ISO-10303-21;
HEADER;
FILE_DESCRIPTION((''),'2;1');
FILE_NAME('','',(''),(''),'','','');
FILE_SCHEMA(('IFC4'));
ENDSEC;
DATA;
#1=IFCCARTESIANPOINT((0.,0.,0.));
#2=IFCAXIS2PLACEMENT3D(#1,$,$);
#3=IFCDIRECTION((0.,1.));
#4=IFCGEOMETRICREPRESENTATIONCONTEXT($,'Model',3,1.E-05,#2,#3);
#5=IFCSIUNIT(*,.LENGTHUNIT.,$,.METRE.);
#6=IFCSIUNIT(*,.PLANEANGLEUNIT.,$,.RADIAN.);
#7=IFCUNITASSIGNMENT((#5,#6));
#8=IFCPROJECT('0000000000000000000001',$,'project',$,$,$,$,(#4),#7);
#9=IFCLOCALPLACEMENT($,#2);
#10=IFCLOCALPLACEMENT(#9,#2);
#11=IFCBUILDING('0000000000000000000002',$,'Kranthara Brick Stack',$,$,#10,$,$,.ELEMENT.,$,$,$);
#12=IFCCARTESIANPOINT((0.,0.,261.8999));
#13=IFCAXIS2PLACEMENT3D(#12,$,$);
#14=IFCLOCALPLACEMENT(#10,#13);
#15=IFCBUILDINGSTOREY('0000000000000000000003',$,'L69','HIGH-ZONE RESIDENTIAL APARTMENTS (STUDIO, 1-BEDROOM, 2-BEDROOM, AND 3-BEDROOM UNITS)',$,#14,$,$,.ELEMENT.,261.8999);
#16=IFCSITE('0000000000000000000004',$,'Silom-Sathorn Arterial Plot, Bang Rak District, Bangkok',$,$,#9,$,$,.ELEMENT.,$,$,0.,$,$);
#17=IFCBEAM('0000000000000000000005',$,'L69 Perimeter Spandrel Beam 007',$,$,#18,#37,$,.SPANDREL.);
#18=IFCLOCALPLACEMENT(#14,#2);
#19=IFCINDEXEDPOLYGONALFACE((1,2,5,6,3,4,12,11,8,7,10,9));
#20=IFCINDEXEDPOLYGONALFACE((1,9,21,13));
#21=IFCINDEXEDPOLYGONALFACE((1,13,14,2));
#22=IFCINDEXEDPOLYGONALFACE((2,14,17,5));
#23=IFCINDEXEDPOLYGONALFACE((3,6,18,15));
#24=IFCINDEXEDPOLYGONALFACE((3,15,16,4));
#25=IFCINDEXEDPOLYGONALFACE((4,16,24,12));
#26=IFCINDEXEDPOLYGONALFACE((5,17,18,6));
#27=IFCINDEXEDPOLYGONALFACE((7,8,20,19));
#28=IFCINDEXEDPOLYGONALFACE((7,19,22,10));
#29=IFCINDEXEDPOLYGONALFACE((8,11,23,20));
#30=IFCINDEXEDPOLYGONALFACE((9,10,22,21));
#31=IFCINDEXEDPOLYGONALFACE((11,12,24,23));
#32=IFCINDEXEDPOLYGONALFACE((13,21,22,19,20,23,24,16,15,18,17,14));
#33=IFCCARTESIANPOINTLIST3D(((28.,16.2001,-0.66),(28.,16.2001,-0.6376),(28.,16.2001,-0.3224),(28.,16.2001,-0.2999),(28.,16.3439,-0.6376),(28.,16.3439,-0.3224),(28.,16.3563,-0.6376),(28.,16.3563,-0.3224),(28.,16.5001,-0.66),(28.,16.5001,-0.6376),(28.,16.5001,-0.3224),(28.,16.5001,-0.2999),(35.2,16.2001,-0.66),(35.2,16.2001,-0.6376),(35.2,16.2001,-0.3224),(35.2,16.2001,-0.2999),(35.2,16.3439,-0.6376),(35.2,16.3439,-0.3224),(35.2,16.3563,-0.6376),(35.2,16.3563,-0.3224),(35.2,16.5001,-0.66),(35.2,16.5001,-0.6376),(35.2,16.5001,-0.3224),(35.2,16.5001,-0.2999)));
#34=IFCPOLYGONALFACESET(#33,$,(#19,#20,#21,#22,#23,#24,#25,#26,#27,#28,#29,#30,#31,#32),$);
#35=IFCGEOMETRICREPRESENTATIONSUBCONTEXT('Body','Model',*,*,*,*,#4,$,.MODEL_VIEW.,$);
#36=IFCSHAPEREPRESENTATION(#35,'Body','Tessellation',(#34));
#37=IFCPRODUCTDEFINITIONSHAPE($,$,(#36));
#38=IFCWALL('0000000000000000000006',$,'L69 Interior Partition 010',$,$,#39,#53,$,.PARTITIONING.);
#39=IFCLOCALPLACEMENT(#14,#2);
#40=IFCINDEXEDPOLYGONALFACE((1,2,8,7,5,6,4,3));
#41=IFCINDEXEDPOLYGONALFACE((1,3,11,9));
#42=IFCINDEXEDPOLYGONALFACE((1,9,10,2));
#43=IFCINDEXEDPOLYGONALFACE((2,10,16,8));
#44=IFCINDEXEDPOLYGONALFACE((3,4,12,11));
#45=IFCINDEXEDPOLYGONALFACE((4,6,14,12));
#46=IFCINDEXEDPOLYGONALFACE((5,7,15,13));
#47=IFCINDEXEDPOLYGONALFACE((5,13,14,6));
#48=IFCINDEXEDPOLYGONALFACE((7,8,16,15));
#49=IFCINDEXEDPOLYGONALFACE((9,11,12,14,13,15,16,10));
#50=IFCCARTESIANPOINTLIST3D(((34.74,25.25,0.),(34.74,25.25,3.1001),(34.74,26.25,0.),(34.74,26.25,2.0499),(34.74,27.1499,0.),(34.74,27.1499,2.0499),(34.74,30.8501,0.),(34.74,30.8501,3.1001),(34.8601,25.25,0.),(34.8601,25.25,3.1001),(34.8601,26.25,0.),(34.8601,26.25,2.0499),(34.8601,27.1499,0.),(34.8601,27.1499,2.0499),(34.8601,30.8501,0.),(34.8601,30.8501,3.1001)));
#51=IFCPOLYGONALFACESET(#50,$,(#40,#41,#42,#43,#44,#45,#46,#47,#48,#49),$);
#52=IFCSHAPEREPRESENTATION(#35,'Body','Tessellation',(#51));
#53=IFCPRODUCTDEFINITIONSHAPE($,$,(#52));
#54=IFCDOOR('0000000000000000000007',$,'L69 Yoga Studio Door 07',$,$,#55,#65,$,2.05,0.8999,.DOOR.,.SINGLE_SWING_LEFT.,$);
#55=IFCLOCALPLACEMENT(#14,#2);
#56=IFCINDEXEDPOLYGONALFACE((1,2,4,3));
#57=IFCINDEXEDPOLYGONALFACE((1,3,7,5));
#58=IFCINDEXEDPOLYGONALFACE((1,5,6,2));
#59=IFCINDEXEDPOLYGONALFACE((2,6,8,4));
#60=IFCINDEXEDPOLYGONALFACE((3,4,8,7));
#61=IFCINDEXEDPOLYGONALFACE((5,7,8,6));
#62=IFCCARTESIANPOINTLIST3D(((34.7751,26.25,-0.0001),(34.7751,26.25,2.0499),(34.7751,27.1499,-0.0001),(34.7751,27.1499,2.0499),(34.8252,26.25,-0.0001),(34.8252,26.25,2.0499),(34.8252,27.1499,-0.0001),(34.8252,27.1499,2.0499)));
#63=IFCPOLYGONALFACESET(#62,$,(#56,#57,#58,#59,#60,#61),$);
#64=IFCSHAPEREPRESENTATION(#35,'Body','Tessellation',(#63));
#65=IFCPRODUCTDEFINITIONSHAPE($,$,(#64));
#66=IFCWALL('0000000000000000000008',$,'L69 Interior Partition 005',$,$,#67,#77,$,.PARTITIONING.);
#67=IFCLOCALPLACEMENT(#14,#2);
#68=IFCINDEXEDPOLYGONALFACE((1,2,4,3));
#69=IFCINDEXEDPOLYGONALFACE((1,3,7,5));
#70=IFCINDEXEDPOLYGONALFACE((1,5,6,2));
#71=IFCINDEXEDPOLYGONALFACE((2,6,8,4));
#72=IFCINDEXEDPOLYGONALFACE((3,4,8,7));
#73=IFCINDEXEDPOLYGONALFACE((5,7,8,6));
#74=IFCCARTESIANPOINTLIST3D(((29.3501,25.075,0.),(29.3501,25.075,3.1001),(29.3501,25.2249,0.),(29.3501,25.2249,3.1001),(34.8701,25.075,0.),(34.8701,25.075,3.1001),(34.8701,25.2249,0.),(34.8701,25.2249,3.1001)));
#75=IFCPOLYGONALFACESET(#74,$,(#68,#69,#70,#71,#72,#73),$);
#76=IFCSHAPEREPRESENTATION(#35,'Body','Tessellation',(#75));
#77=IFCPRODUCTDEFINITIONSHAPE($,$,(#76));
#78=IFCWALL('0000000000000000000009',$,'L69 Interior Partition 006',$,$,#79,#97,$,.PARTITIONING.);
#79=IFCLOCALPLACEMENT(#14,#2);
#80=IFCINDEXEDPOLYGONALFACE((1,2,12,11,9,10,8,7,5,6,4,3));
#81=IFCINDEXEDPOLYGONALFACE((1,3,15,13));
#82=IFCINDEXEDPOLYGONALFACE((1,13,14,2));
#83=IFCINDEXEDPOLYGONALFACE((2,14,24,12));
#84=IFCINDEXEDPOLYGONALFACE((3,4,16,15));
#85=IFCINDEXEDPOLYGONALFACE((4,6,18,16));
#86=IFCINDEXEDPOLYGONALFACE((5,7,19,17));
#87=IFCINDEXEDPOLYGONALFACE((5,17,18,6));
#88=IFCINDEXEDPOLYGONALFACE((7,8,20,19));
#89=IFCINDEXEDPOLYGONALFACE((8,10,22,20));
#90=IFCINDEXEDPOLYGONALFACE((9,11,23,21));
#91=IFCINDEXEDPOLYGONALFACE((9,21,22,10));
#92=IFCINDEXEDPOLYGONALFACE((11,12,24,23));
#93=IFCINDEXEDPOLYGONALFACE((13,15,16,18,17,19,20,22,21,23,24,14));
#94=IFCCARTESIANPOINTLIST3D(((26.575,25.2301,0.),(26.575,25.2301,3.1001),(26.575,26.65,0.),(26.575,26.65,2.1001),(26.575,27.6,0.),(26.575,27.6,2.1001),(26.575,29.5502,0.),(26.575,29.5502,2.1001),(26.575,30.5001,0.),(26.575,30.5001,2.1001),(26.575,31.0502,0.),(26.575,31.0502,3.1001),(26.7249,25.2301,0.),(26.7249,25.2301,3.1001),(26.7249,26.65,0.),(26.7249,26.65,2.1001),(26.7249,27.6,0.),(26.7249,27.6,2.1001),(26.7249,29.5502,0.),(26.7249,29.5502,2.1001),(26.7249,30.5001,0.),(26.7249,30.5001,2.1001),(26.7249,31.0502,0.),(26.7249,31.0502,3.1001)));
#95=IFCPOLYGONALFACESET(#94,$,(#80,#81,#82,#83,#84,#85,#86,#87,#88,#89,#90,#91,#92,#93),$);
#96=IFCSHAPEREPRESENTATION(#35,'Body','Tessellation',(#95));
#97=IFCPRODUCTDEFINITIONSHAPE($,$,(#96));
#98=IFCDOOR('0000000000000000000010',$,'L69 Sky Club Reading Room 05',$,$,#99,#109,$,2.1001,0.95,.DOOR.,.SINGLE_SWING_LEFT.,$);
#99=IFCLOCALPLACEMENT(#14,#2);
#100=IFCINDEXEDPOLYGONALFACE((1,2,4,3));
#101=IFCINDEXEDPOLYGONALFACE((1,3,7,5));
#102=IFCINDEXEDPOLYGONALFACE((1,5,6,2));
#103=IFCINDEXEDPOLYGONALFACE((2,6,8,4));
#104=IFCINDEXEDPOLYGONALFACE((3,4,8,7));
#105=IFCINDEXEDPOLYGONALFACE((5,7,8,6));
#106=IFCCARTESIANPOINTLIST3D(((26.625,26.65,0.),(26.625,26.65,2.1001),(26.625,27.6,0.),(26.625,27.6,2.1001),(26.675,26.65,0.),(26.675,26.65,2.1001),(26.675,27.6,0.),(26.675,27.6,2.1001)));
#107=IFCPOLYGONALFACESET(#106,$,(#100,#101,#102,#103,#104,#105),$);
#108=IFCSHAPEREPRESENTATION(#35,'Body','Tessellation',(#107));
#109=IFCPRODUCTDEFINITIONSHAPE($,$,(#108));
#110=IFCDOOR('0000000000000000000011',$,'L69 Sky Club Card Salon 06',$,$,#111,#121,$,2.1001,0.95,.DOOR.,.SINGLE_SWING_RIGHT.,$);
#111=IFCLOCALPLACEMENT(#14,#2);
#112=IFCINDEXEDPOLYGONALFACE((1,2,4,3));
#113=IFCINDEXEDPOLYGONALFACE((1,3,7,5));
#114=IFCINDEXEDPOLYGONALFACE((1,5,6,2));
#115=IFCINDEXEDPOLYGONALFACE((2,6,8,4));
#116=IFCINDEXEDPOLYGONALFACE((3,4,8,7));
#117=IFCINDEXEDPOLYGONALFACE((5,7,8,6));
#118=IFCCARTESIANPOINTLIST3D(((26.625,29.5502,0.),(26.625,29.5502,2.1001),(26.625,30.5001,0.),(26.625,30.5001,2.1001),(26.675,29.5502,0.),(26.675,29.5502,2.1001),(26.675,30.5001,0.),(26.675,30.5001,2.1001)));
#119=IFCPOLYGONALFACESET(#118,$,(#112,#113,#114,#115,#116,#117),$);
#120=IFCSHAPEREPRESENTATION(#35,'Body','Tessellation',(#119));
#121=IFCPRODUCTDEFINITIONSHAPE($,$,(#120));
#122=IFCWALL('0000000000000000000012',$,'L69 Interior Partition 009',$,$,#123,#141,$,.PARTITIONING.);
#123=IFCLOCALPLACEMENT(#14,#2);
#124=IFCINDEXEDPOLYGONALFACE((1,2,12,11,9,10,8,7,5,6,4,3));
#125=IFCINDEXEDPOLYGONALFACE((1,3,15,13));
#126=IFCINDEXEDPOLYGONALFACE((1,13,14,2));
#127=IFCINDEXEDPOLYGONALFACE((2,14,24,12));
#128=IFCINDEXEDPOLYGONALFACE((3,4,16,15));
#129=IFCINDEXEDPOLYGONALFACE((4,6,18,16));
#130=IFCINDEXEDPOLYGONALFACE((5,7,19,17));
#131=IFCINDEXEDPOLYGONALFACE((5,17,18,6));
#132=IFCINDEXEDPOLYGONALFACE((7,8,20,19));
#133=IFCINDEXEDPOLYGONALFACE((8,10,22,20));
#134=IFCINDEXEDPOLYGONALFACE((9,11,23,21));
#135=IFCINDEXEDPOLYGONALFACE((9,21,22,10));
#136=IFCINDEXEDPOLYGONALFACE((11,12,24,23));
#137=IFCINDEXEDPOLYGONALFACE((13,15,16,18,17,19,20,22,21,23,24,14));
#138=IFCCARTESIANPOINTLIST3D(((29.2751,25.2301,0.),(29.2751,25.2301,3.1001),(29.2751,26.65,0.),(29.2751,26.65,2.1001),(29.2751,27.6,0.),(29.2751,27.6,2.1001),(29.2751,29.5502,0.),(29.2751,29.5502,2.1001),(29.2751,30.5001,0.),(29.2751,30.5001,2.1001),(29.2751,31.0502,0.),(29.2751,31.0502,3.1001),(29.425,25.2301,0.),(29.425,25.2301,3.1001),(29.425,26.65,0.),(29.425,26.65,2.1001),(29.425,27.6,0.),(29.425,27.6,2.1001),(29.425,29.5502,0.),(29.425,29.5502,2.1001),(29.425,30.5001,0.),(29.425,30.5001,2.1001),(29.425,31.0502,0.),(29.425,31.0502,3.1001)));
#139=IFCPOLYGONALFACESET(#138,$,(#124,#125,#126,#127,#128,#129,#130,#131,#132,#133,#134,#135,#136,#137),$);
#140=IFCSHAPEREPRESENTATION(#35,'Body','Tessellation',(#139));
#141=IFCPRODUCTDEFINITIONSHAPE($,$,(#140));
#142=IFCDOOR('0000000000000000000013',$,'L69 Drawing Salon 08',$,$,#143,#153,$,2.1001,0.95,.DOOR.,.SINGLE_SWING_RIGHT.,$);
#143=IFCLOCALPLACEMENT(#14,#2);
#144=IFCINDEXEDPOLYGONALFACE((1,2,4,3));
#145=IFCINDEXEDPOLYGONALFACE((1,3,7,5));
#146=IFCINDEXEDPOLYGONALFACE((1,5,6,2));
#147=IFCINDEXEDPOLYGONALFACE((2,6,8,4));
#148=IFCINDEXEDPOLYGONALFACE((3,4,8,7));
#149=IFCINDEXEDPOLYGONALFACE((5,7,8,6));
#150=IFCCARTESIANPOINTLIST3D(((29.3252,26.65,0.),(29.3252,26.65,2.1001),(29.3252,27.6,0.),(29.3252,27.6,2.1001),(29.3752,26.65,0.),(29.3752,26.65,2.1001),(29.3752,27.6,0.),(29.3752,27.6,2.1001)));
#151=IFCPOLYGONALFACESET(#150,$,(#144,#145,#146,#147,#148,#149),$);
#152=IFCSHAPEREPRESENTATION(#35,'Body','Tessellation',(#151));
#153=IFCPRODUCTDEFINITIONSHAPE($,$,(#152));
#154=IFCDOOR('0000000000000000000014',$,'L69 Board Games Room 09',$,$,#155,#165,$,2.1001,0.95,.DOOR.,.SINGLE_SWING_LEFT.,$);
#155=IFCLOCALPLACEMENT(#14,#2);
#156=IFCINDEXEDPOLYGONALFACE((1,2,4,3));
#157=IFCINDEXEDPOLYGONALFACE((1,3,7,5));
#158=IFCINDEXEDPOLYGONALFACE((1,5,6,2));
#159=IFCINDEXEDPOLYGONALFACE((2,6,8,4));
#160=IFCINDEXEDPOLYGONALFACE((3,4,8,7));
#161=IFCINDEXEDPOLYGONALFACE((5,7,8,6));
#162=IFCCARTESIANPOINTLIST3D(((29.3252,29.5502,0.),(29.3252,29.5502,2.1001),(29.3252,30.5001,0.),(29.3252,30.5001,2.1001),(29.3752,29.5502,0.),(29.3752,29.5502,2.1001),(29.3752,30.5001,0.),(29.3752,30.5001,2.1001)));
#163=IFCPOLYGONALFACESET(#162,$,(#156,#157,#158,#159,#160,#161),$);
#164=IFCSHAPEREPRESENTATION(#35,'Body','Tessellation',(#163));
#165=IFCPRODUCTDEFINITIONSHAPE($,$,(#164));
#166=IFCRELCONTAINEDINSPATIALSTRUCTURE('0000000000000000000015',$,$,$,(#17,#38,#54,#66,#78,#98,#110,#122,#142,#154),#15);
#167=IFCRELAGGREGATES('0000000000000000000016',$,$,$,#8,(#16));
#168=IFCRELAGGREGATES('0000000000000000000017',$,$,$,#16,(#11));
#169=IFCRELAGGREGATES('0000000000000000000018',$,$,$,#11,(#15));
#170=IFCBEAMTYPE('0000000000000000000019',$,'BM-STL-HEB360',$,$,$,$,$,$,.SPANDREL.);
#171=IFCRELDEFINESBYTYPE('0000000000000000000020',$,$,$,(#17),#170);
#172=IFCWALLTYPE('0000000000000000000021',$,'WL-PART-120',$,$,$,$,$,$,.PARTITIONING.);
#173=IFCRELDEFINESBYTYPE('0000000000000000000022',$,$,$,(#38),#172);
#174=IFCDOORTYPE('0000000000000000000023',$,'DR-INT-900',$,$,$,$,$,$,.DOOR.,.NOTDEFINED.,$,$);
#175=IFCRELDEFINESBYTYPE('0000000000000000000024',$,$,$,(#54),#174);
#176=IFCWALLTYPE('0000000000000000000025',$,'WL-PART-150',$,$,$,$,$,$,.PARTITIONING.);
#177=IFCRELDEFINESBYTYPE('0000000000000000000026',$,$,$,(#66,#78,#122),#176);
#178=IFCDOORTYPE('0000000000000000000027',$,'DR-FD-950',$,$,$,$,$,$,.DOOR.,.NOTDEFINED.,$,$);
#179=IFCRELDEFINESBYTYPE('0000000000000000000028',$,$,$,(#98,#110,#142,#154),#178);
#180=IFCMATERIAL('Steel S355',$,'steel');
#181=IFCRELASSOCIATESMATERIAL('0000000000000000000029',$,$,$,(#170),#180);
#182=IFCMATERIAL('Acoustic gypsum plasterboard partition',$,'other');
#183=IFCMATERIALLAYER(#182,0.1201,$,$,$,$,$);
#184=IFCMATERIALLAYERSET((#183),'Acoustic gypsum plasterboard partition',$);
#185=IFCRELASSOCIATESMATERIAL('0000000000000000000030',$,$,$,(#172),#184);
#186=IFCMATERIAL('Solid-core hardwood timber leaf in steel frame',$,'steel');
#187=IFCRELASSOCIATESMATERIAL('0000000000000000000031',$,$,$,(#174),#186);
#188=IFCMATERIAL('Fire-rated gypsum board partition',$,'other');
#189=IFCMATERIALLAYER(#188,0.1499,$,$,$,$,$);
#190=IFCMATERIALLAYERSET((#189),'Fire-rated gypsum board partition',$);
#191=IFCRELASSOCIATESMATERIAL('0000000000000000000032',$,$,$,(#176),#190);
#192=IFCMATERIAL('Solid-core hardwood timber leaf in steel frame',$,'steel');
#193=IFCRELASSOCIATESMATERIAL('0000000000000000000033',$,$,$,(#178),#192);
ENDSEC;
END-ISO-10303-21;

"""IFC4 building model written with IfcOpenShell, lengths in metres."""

from ifc_helpers import new_model, si_unit, direction, frame, frame_2d, origin, origin_2d, place, context, subcontext, project, spatial, rectangle, i_section, extrude, material, layer, layer_set, material_profile, profile_set, type_object, element, fill, save


model = new_model("IFC4")

# Units and contexts
model_context = context("Model", 3, precision=1e-05, world=origin(), true_north=direction((0.0, 1.0)))
body_context = subcontext(model_context, "Body", "Model", "MODEL_VIEW")
ifc_project = project(units=[si_unit("LENGTHUNIT", "METRE"), si_unit("PLANEANGLEUNIT", "RADIAN")], contexts=[model_context])

# Site, building, storey
site_placement = place(None, origin())
site = spatial("IfcSite", under=ifc_project, at=site_placement, Name="Silom-Sathorn Arterial Plot, Bang Rak District, Bangkok", CompositionType="ELEMENT", RefElevation=0.0)
building_placement = place(site_placement, origin())
building = spatial("IfcBuilding", under=site, at=building_placement, Name="Kranthara Brick Stack", CompositionType="ELEMENT")
storey_placement = place(building_placement, frame((0.0, 0.0, 261.8999)))
storey = spatial("IfcBuildingStorey", under=building, at=storey_placement, Name="L69", Description="HIGH-ZONE RESIDENTIAL APARTMENTS (STUDIO, 1-BEDROOM, 2-BEDROOM, AND 3-BEDROOM UNITS)", CompositionType="ELEMENT", Elevation=261.8999)

# Beam
ifc_material_1 = material(Name="Steel S355", Category="steel")
ifc_material_profile_1 = material_profile(ifc_material_1, i_section(OverallWidth=0.3, OverallDepth=0.3601, WebThickness=0.0125, FlangeThickness=0.0225, at=origin_2d()), Name="HEB 360")
ifc_profile_set_1 = profile_set([ifc_material_profile_1], Name="Steel S355")
beam_type_1 = type_object("IfcBeamType", Name="BM-STL-HEB360", PredefinedType="SPANDREL", material=ifc_profile_set_1)
beam_1_placement = place(storey_placement, frame((28.0, 16.3501, -0.48), z_axis=(1.0, 0.0, 0.0), x_axis=(0.0, 1.0, 0.0)))
element("IfcBeam", 1, at=beam_1_placement, inside=storey, type_object=beam_type_1, Name="L69 Perimeter Spandrel Beam 007", PredefinedType="SPANDREL", context=body_context, shape_type="SweptSolid", body=[
    extrude(i_section(OverallWidth=0.3, OverallDepth=0.3601, WebThickness=0.0125, FlangeThickness=0.0225, at=origin_2d()), origin(), (0.0, 0.0, 1.0), 7.2),
])

# Wall, opening, door
ifc_material_2 = material(Name="Acoustic gypsum plasterboard partition", Category="other")
ifc_layer_1 = layer(ifc_material_2, 0.1201)
ifc_layer_set_1 = layer_set([ifc_layer_1], Name="Acoustic gypsum plasterboard partition")
wall_type_1 = type_object("IfcWallType", Name="WL-PART-120", PredefinedType="PARTITIONING", material=ifc_layer_set_1)
wall_1_placement = place(storey_placement, frame((34.8, 25.25, 0.0), z_axis=(0.0, 0.0, 1.0), x_axis=(0.0, 1.0, 0.0)))
wall_1 = element("IfcWall", 2, at=wall_1_placement, inside=storey, type_object=wall_type_1, Name="L69 Interior Partition 010", PredefinedType="PARTITIONING", context=body_context, shape_type="SweptSolid", body=[
    extrude(rectangle(XDim=5.6001, YDim=0.1201, at=frame_2d((2.8, 0.0))), origin(), (0.0, 0.0, 1.0), 3.1001),
])
opening_1_placement = place(wall_1_placement, frame((1.0, 0.0, 0.0)))
opening_1 = element("IfcOpeningElement", 3, at=opening_1_placement, cuts=wall_1, PredefinedType="OPENING", context=body_context, shape_type="SweptSolid", body=[
    extrude(rectangle(XDim=0.8999, YDim=2.05, at=frame_2d((0.45, 1.0249))), frame((0.0, 0.0701, 0.0), z_axis=(0.0, -1.0, 0.0), x_axis=(1.0, 0.0, 0.0)), (0.0, 0.0, 1.0), 0.1401),
])
ifc_material_3 = material(Name="Solid-core hardwood timber leaf in steel frame", Category="steel")
door_type_1 = type_object("IfcDoorType", Name="DR-INT-900", OperationType="NOTDEFINED", PredefinedType="DOOR", material=ifc_material_3)
door_1_placement = place(opening_1_placement, origin())
door_1 = element("IfcDoor", 4, at=door_1_placement, inside=storey, type_object=door_type_1, Name="L69 Yoga Studio Door 07", OperationType="SINGLE_SWING_LEFT", OverallHeight=2.05, OverallWidth=0.8999, PredefinedType="DOOR", context=body_context, shape_type="SweptSolid", body=[
    extrude(rectangle(XDim=0.8999, YDim=2.05, at=frame_2d((0.45, 1.0249))), frame((0.0, 0.0249, 0.0), z_axis=(0.0, -1.0, 0.0), x_axis=(1.0, 0.0, 0.0)), (0.0, 0.0, 1.0), 0.05),
])
fill(opening_1, door_1)

# Wall
ifc_material_4 = material(Name="Fire-rated gypsum board partition", Category="other")
ifc_layer_2 = layer(ifc_material_4, 0.1499)
ifc_layer_set_2 = layer_set([ifc_layer_2], Name="Fire-rated gypsum board partition")
wall_type_2 = type_object("IfcWallType", Name="WL-PART-150", PredefinedType="PARTITIONING", material=ifc_layer_set_2)
wall_2_placement = place(storey_placement, frame((29.3501, 25.1499, 0.0), z_axis=(0.0, 0.0, 1.0), x_axis=(1.0, 0.0, 0.0)))
element("IfcWall", 5, at=wall_2_placement, inside=storey, type_object=wall_type_2, Name="L69 Interior Partition 005", PredefinedType="PARTITIONING", context=body_context, shape_type="SweptSolid", body=[
    extrude(rectangle(XDim=5.52, YDim=0.1499, at=frame_2d((2.76, 0.0))), origin(), (0.0, 0.0, 1.0), 3.1001),
])

# Walls, openings, doors
wall_3_placement = place(storey_placement, frame((26.6499, 25.23, 0.0), z_axis=(0.0, 0.0, 1.0), x_axis=(0.0, 1.0, 0.0)))
wall_3 = element("IfcWall", 6, at=wall_3_placement, inside=storey, type_object=wall_type_2, Name="L69 Interior Partition 006", PredefinedType="PARTITIONING", context=body_context, shape_type="SweptSolid", body=[
    extrude(rectangle(XDim=5.8201, YDim=0.1499, at=frame_2d((2.9102, 0.0))), origin(), (0.0, 0.0, 1.0), 3.1001),
])
opening_2_placement = place(wall_3_placement, frame((1.4199, 0.0, 0.0)))
opening_2 = element("IfcOpeningElement", 7, at=opening_2_placement, cuts=wall_3, PredefinedType="OPENING", context=body_context, shape_type="SweptSolid", body=[
    extrude(rectangle(XDim=0.95, YDim=2.1001, at=frame_2d((0.4751, 1.05))), frame((0.0, 0.085, 0.0), z_axis=(0.0, -1.0, 0.0), x_axis=(1.0, 0.0, 0.0)), (0.0, 0.0, 1.0), 0.1699),
])
opening_3_placement = place(wall_3_placement, frame((4.3201, 0.0, 0.0)))
opening_3 = element("IfcOpeningElement", 8, at=opening_3_placement, cuts=wall_3, PredefinedType="OPENING", context=body_context, shape_type="SweptSolid", body=[
    extrude(rectangle(XDim=0.95, YDim=2.1001, at=frame_2d((0.4751, 1.05))), frame((0.0, 0.085, 0.0), z_axis=(0.0, -1.0, 0.0), x_axis=(1.0, 0.0, 0.0)), (0.0, 0.0, 1.0), 0.1699),
])
ifc_material_5 = material(Name="Solid-core hardwood timber leaf in steel frame", Category="steel")
door_type_2 = type_object("IfcDoorType", Name="DR-FD-950", OperationType="NOTDEFINED", PredefinedType="DOOR", material=ifc_material_5)
door_2_placement = place(opening_2_placement, origin())
door_2 = element("IfcDoor", 9, at=door_2_placement, inside=storey, type_object=door_type_2, Name="L69 Sky Club Reading Room 05", OperationType="SINGLE_SWING_LEFT", OverallHeight=2.1001, OverallWidth=0.95, PredefinedType="DOOR", context=body_context, shape_type="SweptSolid", body=[
    extrude(rectangle(XDim=0.95, YDim=2.1001, at=frame_2d((0.4751, 1.05))), frame((0.0, 0.0249, 0.0), z_axis=(0.0, -1.0, 0.0), x_axis=(1.0, 0.0, 0.0)), (0.0, 0.0, 1.0), 0.05),
])
fill(opening_2, door_2)
door_3_placement = place(opening_3_placement, origin())
door_3 = element("IfcDoor", 10, at=door_3_placement, inside=storey, type_object=door_type_2, Name="L69 Sky Club Card Salon 06", OperationType="SINGLE_SWING_RIGHT", OverallHeight=2.1001, OverallWidth=0.95, PredefinedType="DOOR", context=body_context, shape_type="SweptSolid", body=[
    extrude(rectangle(XDim=0.95, YDim=2.1001, at=frame_2d((0.4751, 1.05))), frame((0.0, 0.0249, 0.0), z_axis=(0.0, -1.0, 0.0), x_axis=(1.0, 0.0, 0.0)), (0.0, 0.0, 1.0), 0.05),
])
fill(opening_3, door_3)
wall_4_placement = place(storey_placement, frame((29.3501, 25.23, 0.0), z_axis=(0.0, 0.0, 1.0), x_axis=(0.0, 1.0, 0.0)))
wall_4 = element("IfcWall", 11, at=wall_4_placement, inside=storey, type_object=wall_type_2, Name="L69 Interior Partition 009", PredefinedType="PARTITIONING", context=body_context, shape_type="SweptSolid", body=[
    extrude(rectangle(XDim=5.8201, YDim=0.1499, at=frame_2d((2.9102, 0.0))), origin(), (0.0, 0.0, 1.0), 3.1001),
])
opening_4_placement = place(wall_4_placement, frame((1.4199, 0.0, 0.0)))
opening_4 = element("IfcOpeningElement", 12, at=opening_4_placement, cuts=wall_4, PredefinedType="OPENING", context=body_context, shape_type="SweptSolid", body=[
    extrude(rectangle(XDim=0.95, YDim=2.1001, at=frame_2d((0.4751, 1.05))), frame((0.0, 0.085, 0.0), z_axis=(0.0, -1.0, 0.0), x_axis=(1.0, 0.0, 0.0)), (0.0, 0.0, 1.0), 0.1699),
])
opening_5_placement = place(wall_4_placement, frame((4.3201, 0.0, 0.0)))
opening_5 = element("IfcOpeningElement", 13, at=opening_5_placement, cuts=wall_4, PredefinedType="OPENING", context=body_context, shape_type="SweptSolid", body=[
    extrude(rectangle(XDim=0.95, YDim=2.1001, at=frame_2d((0.4751, 1.05))), frame((0.0, 0.085, 0.0), z_axis=(0.0, -1.0, 0.0), x_axis=(1.0, 0.0, 0.0)), (0.0, 0.0, 1.0), 0.1699),
])
door_4_placement = place(opening_4_placement, origin())
door_4 = element("IfcDoor", 14, at=door_4_placement, inside=storey, type_object=door_type_2, Name="L69 Drawing Salon 08", OperationType="SINGLE_SWING_RIGHT", OverallHeight=2.1001, OverallWidth=0.95, PredefinedType="DOOR", context=body_context, shape_type="SweptSolid", body=[
    extrude(rectangle(XDim=0.95, YDim=2.1001, at=frame_2d((0.4751, 1.05))), frame((0.0, 0.0249, 0.0), z_axis=(0.0, -1.0, 0.0), x_axis=(1.0, 0.0, 0.0)), (0.0, 0.0, 1.0), 0.05),
])
fill(opening_4, door_4)
door_5_placement = place(opening_5_placement, origin())
door_5 = element("IfcDoor", 15, at=door_5_placement, inside=storey, type_object=door_type_2, Name="L69 Board Games Room 09", OperationType="SINGLE_SWING_LEFT", OverallHeight=2.1001, OverallWidth=0.95, PredefinedType="DOOR", context=body_context, shape_type="SweptSolid", body=[
    extrude(rectangle(XDim=0.95, YDim=2.1001, at=frame_2d((0.4751, 1.05))), frame((0.0, 0.0249, 0.0), z_axis=(0.0, -1.0, 0.0), x_axis=(1.0, 0.0, 0.0)), (0.0, 0.0, 1.0), 0.05),
])
fill(opening_5, door_5)

save(model, "model.ifc")
